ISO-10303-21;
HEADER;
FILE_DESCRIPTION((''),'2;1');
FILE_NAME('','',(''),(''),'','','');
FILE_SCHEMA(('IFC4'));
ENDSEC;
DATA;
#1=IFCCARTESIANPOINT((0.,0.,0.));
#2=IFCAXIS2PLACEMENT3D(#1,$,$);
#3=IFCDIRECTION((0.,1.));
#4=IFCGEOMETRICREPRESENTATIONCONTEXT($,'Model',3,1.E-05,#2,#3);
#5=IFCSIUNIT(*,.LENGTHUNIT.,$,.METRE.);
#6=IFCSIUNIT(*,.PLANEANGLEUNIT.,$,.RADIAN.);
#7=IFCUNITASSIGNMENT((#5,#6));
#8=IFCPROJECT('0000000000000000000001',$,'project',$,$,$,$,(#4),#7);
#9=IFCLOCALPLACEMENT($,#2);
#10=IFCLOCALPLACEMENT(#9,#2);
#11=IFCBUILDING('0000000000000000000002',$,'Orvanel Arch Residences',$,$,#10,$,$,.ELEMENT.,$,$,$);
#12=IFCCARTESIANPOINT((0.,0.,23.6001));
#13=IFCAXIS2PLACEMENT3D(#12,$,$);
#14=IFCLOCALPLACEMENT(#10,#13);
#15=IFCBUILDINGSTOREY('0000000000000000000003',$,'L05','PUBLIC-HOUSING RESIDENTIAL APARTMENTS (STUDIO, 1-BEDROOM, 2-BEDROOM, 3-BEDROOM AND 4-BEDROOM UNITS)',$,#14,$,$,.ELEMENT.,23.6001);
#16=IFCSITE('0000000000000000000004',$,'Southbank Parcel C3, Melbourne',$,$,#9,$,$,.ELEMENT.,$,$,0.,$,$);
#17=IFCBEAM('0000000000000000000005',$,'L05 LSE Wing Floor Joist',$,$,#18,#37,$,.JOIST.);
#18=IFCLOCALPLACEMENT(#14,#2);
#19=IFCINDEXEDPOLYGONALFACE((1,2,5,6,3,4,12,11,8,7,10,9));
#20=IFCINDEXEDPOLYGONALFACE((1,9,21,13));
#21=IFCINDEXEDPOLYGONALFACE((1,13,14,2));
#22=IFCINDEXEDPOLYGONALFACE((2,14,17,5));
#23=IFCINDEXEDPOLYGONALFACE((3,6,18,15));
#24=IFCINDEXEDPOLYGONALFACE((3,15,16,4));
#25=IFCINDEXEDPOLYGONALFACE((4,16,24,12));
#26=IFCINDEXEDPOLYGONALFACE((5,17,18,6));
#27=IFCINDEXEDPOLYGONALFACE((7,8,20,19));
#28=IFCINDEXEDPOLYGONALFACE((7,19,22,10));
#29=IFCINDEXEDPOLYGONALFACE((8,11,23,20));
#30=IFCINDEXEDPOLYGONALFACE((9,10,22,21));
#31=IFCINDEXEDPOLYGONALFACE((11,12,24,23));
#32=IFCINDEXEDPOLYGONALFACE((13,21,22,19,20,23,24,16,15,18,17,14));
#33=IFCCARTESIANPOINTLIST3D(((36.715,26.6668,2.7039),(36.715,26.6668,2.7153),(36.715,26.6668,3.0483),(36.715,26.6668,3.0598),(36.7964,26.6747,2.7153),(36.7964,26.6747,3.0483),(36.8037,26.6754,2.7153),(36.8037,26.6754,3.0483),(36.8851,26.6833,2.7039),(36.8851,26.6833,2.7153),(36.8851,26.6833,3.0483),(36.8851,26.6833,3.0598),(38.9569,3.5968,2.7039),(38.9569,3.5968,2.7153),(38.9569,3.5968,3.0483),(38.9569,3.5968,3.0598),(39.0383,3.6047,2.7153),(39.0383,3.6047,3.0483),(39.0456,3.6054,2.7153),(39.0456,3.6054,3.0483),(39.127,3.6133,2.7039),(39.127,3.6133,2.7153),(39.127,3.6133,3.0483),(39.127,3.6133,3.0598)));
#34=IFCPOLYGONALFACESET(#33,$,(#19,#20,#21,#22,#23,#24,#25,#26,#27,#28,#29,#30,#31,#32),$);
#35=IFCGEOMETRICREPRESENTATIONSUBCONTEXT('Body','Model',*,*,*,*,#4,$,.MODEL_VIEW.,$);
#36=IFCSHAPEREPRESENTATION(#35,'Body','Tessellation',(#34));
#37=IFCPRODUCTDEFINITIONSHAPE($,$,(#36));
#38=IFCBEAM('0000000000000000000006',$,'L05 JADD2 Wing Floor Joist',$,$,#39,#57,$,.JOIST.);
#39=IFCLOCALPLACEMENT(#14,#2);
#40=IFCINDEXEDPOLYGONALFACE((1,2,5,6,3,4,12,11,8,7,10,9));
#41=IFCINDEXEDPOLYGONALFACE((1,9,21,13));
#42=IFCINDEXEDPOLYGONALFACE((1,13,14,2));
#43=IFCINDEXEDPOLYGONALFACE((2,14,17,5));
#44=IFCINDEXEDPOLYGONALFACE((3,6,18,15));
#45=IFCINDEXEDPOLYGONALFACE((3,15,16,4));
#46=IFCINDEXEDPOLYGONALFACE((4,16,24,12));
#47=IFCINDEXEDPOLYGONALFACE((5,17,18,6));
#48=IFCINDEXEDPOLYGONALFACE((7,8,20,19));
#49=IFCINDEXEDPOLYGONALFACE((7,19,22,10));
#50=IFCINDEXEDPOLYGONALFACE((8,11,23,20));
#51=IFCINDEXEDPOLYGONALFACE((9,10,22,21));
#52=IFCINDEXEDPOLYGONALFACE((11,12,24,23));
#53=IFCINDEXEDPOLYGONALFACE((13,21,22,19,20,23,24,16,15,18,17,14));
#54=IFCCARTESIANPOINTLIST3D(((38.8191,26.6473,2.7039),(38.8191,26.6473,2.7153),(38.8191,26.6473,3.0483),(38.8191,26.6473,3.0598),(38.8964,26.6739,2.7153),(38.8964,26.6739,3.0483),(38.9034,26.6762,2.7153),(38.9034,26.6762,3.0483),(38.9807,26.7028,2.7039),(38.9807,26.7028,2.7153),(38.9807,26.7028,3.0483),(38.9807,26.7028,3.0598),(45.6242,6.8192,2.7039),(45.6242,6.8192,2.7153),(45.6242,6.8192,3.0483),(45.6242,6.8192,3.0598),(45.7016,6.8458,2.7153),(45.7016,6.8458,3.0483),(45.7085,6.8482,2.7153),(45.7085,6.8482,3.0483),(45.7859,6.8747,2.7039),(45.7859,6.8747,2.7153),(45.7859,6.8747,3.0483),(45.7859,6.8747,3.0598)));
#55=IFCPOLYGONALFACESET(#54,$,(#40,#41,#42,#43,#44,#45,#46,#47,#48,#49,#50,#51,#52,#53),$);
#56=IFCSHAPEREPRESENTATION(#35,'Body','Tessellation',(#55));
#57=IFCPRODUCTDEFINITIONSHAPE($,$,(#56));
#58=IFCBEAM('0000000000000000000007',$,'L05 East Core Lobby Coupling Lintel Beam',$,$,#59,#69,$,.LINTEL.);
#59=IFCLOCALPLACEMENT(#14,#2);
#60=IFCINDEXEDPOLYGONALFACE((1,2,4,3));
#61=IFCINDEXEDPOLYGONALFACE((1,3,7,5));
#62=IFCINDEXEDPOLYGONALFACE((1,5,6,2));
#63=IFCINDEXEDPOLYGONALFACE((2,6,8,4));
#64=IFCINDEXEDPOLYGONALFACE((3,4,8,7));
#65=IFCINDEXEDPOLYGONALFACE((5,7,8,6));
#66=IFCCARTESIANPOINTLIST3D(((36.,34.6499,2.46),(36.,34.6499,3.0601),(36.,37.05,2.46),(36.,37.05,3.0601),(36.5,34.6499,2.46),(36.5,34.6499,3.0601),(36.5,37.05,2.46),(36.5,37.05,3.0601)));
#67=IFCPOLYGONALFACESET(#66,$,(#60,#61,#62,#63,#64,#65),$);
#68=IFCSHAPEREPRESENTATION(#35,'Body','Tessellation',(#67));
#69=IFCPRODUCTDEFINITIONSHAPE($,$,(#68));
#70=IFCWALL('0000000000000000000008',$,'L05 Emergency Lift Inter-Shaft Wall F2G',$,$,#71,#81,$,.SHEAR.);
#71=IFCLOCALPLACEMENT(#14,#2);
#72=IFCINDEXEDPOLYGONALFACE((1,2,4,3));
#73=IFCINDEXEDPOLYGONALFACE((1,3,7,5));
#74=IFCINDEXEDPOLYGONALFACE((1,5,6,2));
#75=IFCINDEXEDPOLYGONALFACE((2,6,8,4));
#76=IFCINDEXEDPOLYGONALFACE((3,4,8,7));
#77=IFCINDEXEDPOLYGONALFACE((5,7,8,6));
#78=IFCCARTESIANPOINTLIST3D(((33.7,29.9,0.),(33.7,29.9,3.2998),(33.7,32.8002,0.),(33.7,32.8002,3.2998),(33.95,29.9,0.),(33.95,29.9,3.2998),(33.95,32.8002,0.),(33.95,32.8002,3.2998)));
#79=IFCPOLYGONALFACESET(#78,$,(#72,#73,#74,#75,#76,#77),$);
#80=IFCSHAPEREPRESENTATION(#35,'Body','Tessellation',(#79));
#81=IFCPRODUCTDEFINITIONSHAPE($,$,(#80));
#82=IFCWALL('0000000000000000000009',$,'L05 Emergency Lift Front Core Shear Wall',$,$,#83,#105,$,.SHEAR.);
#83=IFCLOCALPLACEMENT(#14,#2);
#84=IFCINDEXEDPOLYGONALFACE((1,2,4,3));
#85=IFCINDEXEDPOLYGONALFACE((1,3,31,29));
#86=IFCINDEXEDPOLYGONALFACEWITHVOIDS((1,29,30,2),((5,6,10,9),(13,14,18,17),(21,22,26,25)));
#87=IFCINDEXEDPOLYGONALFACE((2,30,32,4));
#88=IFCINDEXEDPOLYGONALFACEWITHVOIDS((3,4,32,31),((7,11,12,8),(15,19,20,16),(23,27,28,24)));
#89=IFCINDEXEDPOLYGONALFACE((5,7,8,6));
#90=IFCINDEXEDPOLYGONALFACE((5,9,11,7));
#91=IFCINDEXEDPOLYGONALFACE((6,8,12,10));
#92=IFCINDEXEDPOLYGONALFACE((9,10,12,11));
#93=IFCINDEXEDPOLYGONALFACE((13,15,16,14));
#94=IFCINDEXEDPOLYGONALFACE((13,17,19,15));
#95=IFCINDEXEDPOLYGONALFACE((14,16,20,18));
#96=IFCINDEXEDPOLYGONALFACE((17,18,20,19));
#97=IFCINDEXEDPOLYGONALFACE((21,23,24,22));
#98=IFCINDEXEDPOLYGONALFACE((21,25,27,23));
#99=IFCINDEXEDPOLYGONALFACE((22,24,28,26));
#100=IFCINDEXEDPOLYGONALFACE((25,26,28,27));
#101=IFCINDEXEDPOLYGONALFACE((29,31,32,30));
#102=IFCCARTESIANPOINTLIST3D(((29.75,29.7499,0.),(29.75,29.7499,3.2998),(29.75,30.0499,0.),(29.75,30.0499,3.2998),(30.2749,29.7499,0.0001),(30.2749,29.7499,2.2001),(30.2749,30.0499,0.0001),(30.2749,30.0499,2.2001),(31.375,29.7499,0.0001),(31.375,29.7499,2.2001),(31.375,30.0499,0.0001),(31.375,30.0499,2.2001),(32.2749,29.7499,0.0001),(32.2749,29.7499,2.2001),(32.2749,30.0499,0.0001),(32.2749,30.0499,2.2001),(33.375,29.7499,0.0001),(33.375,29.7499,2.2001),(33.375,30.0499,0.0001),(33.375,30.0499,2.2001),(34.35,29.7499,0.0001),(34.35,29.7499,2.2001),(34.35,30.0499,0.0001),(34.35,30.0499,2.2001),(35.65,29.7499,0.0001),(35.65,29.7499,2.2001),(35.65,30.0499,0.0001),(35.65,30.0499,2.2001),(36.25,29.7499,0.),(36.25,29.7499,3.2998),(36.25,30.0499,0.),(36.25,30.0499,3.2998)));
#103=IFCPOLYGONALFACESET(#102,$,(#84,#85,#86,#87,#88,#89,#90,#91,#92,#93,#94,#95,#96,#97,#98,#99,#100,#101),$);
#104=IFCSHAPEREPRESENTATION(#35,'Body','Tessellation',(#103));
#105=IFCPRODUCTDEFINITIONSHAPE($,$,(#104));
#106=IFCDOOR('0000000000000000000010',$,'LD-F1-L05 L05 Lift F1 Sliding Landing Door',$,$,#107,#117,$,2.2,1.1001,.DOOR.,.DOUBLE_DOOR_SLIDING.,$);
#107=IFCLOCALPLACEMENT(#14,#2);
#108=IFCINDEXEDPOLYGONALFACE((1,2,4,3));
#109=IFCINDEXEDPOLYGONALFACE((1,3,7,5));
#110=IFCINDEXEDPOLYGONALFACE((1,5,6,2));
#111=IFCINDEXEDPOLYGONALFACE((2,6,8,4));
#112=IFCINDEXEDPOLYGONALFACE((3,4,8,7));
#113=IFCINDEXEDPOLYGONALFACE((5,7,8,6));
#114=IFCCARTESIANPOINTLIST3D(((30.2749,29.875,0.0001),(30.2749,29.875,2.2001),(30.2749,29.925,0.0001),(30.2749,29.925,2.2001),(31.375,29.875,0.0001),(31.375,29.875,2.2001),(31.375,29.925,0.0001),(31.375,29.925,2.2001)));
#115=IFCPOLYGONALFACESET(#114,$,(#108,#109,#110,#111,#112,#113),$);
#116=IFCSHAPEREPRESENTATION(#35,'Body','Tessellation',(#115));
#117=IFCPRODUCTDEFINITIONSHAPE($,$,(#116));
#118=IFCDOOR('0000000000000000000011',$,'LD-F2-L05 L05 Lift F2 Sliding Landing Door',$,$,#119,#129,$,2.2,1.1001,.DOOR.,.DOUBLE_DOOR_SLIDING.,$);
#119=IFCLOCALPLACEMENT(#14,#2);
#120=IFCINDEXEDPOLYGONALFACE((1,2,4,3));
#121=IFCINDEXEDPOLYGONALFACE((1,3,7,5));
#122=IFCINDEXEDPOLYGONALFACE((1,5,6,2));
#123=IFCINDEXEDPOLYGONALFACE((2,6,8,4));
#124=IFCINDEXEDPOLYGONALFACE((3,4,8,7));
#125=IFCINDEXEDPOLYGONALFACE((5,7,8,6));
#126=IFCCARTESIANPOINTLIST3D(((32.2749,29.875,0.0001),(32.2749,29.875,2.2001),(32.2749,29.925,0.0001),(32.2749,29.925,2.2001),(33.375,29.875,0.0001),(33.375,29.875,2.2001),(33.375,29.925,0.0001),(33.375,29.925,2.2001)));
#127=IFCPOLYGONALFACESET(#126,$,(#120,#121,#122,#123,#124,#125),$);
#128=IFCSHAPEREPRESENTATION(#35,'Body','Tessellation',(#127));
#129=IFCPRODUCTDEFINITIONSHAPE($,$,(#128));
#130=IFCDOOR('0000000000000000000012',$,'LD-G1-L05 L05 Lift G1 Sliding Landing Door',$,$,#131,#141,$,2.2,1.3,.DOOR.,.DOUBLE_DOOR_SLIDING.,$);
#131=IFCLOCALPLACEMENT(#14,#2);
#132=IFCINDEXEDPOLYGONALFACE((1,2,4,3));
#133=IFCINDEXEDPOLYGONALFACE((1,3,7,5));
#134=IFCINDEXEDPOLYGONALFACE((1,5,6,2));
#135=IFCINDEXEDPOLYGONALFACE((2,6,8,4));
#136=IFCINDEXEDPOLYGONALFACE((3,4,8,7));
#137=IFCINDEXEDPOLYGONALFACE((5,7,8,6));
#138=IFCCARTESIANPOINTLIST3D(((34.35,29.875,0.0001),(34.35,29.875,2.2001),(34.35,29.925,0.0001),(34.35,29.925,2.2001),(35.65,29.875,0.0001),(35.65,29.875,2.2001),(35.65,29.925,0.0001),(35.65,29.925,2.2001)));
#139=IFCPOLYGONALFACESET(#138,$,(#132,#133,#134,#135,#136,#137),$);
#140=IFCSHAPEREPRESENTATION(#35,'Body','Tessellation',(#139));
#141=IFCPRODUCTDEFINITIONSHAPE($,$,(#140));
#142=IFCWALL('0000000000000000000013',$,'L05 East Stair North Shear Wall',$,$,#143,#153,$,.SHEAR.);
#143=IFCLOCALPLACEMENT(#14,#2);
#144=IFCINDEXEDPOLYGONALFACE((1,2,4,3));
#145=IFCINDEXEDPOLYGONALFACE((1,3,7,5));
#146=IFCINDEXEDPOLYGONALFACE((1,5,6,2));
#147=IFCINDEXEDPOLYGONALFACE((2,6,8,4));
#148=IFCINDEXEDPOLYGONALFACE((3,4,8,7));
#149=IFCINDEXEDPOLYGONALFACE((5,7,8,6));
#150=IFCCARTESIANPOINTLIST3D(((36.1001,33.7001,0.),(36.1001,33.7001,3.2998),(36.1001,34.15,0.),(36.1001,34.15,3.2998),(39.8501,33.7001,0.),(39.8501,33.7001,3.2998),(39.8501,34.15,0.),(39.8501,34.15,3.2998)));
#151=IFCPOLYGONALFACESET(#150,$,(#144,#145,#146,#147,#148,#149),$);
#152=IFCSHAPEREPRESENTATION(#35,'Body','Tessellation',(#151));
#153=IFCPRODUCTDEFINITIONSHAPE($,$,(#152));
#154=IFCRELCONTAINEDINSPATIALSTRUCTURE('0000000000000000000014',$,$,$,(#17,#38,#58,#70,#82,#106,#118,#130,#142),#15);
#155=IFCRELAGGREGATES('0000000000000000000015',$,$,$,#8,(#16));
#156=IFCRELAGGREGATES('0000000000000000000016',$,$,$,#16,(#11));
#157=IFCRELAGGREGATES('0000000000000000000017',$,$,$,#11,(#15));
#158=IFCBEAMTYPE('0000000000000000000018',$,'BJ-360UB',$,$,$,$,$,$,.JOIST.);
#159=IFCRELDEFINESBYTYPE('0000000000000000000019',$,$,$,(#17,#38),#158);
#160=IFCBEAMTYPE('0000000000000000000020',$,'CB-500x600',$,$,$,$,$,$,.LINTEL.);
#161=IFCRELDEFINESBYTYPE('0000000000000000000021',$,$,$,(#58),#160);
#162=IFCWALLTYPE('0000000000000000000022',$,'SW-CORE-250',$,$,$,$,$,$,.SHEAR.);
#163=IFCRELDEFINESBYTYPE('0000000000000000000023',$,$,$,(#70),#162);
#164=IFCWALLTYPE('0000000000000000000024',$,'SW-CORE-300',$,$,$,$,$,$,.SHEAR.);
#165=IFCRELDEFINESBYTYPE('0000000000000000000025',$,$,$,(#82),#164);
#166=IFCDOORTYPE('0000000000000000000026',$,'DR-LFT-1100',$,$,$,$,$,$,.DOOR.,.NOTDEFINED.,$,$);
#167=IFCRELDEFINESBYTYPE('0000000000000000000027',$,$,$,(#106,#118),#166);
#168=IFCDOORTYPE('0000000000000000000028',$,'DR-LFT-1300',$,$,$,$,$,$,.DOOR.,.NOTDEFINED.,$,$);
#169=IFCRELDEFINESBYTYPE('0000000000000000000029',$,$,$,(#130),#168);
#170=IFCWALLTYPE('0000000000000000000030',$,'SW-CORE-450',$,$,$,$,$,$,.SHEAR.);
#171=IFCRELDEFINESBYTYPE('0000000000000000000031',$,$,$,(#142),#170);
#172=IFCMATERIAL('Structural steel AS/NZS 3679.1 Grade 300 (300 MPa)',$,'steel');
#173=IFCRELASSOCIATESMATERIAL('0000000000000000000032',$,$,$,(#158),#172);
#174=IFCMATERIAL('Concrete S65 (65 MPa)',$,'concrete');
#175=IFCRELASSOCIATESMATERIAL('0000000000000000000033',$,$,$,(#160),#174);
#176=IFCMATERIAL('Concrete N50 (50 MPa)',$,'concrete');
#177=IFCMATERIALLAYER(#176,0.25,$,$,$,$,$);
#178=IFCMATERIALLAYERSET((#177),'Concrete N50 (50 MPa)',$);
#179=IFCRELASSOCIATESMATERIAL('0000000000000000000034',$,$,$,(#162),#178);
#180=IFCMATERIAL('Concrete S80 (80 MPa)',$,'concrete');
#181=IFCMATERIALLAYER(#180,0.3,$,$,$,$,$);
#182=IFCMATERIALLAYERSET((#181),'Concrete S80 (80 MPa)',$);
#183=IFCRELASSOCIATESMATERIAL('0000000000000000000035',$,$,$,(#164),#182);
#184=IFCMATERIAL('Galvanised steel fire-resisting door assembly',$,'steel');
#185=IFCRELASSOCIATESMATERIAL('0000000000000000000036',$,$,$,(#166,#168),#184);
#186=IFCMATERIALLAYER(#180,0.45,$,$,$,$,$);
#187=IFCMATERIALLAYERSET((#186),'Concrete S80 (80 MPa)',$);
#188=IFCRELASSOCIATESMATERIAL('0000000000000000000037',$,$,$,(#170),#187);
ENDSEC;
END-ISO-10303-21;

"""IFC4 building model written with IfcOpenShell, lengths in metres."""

from ifc_helpers import new_model, si_unit, direction, frame, frame_2d, origin, origin_2d, place, context, subcontext, project, spatial, rectangle, i_section, extrude, material, layer, layer_set, material_profile, profile_set, type_object, element, fill, save


model = new_model("IFC4")

# Units and contexts
model_context = context("Model", 3, precision=1e-05, world=origin(), true_north=direction((0.0, 1.0)))
body_context = subcontext(model_context, "Body", "Model", "MODEL_VIEW")
ifc_project = project(units=[si_unit("LENGTHUNIT", "METRE"), si_unit("PLANEANGLEUNIT", "RADIAN")], contexts=[model_context])

# Site, building, storey
site_placement = place(None, origin())
site = spatial("IfcSite", under=ifc_project, at=site_placement, Name="Southbank Parcel C3, Melbourne", CompositionType="ELEMENT", RefElevation=0.0)
building_placement = place(site_placement, origin())
building = spatial("IfcBuilding", under=site, at=building_placement, Name="Orvanel Arch Residences", CompositionType="ELEMENT")
storey_placement = place(building_placement, frame((0.0, 0.0, 23.6001)))
storey = spatial("IfcBuildingStorey", under=building, at=storey_placement, Name="L05", Description="PUBLIC-HOUSING RESIDENTIAL APARTMENTS (STUDIO, 1-BEDROOM, 2-BEDROOM, 3-BEDROOM AND 4-BEDROOM UNITS)", CompositionType="ELEMENT", Elevation=23.6001)

# Beams
ifc_material_1 = material(Name="Structural steel AS/NZS 3679.1 Grade 300 (300 MPa)", Category="steel")
ifc_material_profile_1 = material_profile(ifc_material_1, i_section(OverallWidth=0.1709, OverallDepth=0.356, WebThickness=0.0073, FlangeThickness=0.0115, at=origin_2d()), Name="360UB50.7")
ifc_profile_set_1 = profile_set([ifc_material_profile_1], Name="Structural steel AS/NZS 3679.1 Grade 300 (300 MPa)")
beam_type_1 = type_object("IfcBeamType", Name="BJ-360UB", PredefinedType="JOIST", material=ifc_profile_set_1)
beam_1_placement = place(storey_placement, frame((36.8, 26.675, 2.8818), z_axis=(0.096724, -0.995311, 0.0), x_axis=(0.995311, 0.096724, 0.0)))
element("IfcBeam", 1, at=beam_1_placement, inside=storey, type_object=beam_type_1, Name="L05 LSE Wing Floor Joist", PredefinedType="JOIST", context=body_context, shape_type="SweptSolid", body=[
    extrude(i_section(OverallWidth=0.1709, OverallDepth=0.356, WebThickness=0.0073, FlangeThickness=0.0115, at=origin_2d()), origin(), (0.0, 0.0, 1.0), 23.1787),
])
beam_2_placement = place(storey_placement, frame((38.8999, 26.675, 2.8818), z_axis=(0.324621, -0.945844, 0.0), x_axis=(0.945844, 0.324621, 0.0)))
element("IfcBeam", 2, at=beam_2_placement, inside=storey, type_object=beam_type_1, Name="L05 JADD2 Wing Floor Joist", PredefinedType="JOIST", context=body_context, shape_type="SweptSolid", body=[
    extrude(i_section(OverallWidth=0.1709, OverallDepth=0.356, WebThickness=0.0073, FlangeThickness=0.0115, at=origin_2d()), origin(), (0.0, 0.0, 1.0), 20.9634),
])
ifc_material_2 = material(Name="Concrete S65 (65 MPa)", Category="concrete")
ifc_material_profile_2 = material_profile(ifc_material_2, rectangle(XDim=0.5, YDim=0.6001, at=origin_2d()), Name="RC500x600")
ifc_profile_set_2 = profile_set([ifc_material_profile_2], Name="Concrete S65 (65 MPa)")
beam_type_2 = type_object("IfcBeamType", Name="CB-500x600", PredefinedType="LINTEL", material=ifc_profile_set_2)
beam_3_placement = place(storey_placement, frame((36.25, 34.6499, 2.76), z_axis=(0.0, 1.0, 0.0), x_axis=(-1.0, 0.0, 0.0)))
element("IfcBeam", 3, at=beam_3_placement, inside=storey, type_object=beam_type_2, Name="L05 East Core Lobby Coupling Lintel Beam", PredefinedType="LINTEL", context=body_context, shape_type="SweptSolid", body=[
    extrude(rectangle(XDim=0.5, YDim=0.6001, at=origin_2d()), origin(), (0.0, 0.0, 1.0), 2.4001),
])

# Wall
ifc_material_3 = material(Name="Concrete N50 (50 MPa)", Category="concrete")
ifc_layer_1 = layer(ifc_material_3, 0.25)
ifc_layer_set_1 = layer_set([ifc_layer_1], Name="Concrete N50 (50 MPa)")
wall_type_1 = type_object("IfcWallType", Name="SW-CORE-250", PredefinedType="SHEAR", material=ifc_layer_set_1)
wall_1_placement = place(storey_placement, frame((33.825, 29.8999, 0.0), z_axis=(0.0, 0.0, 1.0), x_axis=(0.0, 1.0, 0.0)))
element("IfcWall", 4, at=wall_1_placement, inside=storey, type_object=wall_type_1, Name="L05 Emergency Lift Inter-Shaft Wall F2G", PredefinedType="SHEAR", context=body_context, shape_type="SweptSolid", body=[
    extrude(rectangle(XDim=2.9001, YDim=0.25, at=frame_2d((1.4502, 0.0))), origin(), (0.0, 0.0, 1.0), 3.2998),
])

# Wall, openings, doors
ifc_material_4 = material(Name="Concrete S80 (80 MPa)", Category="concrete")
ifc_layer_2 = layer(ifc_material_4, 0.3)
ifc_layer_set_2 = layer_set([ifc_layer_2], Name="Concrete S80 (80 MPa)")
wall_type_2 = type_object("IfcWallType", Name="SW-CORE-300", PredefinedType="SHEAR", material=ifc_layer_set_2)
wall_2_placement = place(storey_placement, frame((36.25, 29.8999, 0.0), z_axis=(0.0, 0.0, 1.0), x_axis=(-1.0, 0.0, 0.0)))
wall_2 = element("IfcWall", 5, at=wall_2_placement, inside=storey, type_object=wall_type_2, Name="L05 Emergency Lift Front Core Shear Wall", PredefinedType="SHEAR", context=body_context, shape_type="SweptSolid", body=[
    extrude(rectangle(XDim=6.5, YDim=0.3, at=frame_2d((3.25, 0.0))), origin(), (0.0, 0.0, 1.0), 3.2998),
])
opening_1_placement = place(wall_2_placement, frame((4.875, 0.0, 0.0)))
opening_1 = element("IfcOpeningElement", 6, at=opening_1_placement, cuts=wall_2, PredefinedType="OPENING", context=body_context, shape_type="SweptSolid", body=[
    extrude(rectangle(XDim=1.1001, YDim=2.2, at=frame_2d((0.55, 1.1001))), frame((0.0, 0.1599, 0.0), z_axis=(0.0, -1.0, 0.0), x_axis=(1.0, 0.0, 0.0)), (0.0, 0.0, 1.0), 0.3201),
])
opening_2_placement = place(wall_2_placement, frame((2.875, 0.0, 0.0)))
opening_2 = element("IfcOpeningElement", 7, at=opening_2_placement, cuts=wall_2, PredefinedType="OPENING", context=body_context, shape_type="SweptSolid", body=[
    extrude(rectangle(XDim=1.1001, YDim=2.2, at=frame_2d((0.55, 1.1001))), frame((0.0, 0.1599, 0.0), z_axis=(0.0, -1.0, 0.0), x_axis=(1.0, 0.0, 0.0)), (0.0, 0.0, 1.0), 0.3201),
])
opening_3_placement = place(wall_2_placement, frame((0.6001, 0.0, 0.0)))
opening_3 = element("IfcOpeningElement", 8, at=opening_3_placement, cuts=wall_2, PredefinedType="OPENING", context=body_context, shape_type="SweptSolid", body=[
    extrude(rectangle(XDim=1.3, YDim=2.2, at=frame_2d((0.6499, 1.1001))), frame((0.0, 0.1599, 0.0), z_axis=(0.0, -1.0, 0.0), x_axis=(1.0, 0.0, 0.0)), (0.0, 0.0, 1.0), 0.3201),
])
ifc_material_5 = material(Name="Galvanised steel fire-resisting door assembly", Category="steel")
door_type_1 = type_object("IfcDoorType", Name="DR-LFT-1100", OperationType="NOTDEFINED", PredefinedType="DOOR", material=ifc_material_5)
door_1_placement = place(opening_1_placement, origin())
door_1 = element("IfcDoor", 9, at=door_1_placement, inside=storey, type_object=door_type_1, Name="LD-F1-L05 L05 Lift F1 Sliding Landing Door", OperationType="DOUBLE_DOOR_SLIDING", OverallHeight=2.2, OverallWidth=1.1001, PredefinedType="DOOR", context=body_context, shape_type="SweptSolid", body=[
    extrude(rectangle(XDim=1.1001, YDim=2.2, at=frame_2d((0.55, 1.1001))), frame((0.0, 0.0249, 0.0), z_axis=(0.0, -1.0, 0.0), x_axis=(1.0, 0.0, 0.0)), (0.0, 0.0, 1.0), 0.05),
])
fill(opening_1, door_1)
door_2_placement = place(opening_2_placement, origin())
door_2 = element("IfcDoor", 10, at=door_2_placement, inside=storey, type_object=door_type_1, Name="LD-F2-L05 L05 Lift F2 Sliding Landing Door", OperationType="DOUBLE_DOOR_SLIDING", OverallHeight=2.2, OverallWidth=1.1001, PredefinedType="DOOR", context=body_context, shape_type="SweptSolid", body=[
    extrude(rectangle(XDim=1.1001, YDim=2.2, at=frame_2d((0.55, 1.1001))), frame((0.0, 0.0249, 0.0), z_axis=(0.0, -1.0, 0.0), x_axis=(1.0, 0.0, 0.0)), (0.0, 0.0, 1.0), 0.05),
])
fill(opening_2, door_2)
door_type_2 = type_object("IfcDoorType", Name="DR-LFT-1300", OperationType="NOTDEFINED", PredefinedType="DOOR", material=ifc_material_5)
door_3_placement = place(opening_3_placement, origin())
door_3 = element("IfcDoor", 11, at=door_3_placement, inside=storey, type_object=door_type_2, Name="LD-G1-L05 L05 Lift G1 Sliding Landing Door", OperationType="DOUBLE_DOOR_SLIDING", OverallHeight=2.2, OverallWidth=1.3, PredefinedType="DOOR", context=body_context, shape_type="SweptSolid", body=[
    extrude(rectangle(XDim=1.3, YDim=2.2, at=frame_2d((0.6499, 1.1001))), frame((0.0, 0.0249, 0.0), z_axis=(0.0, -1.0, 0.0), x_axis=(1.0, 0.0, 0.0)), (0.0, 0.0, 1.0), 0.05),
])
fill(opening_3, door_3)

# Wall
ifc_layer_3 = layer(ifc_material_4, 0.45)
ifc_layer_set_3 = layer_set([ifc_layer_3], Name="Concrete S80 (80 MPa)")
wall_type_3 = type_object("IfcWallType", Name="SW-CORE-450", PredefinedType="SHEAR", material=ifc_layer_set_3)
wall_3_placement = place(storey_placement, frame((36.1001, 33.925, 0.0), z_axis=(0.0, 0.0, 1.0), x_axis=(1.0, 0.0, 0.0)))
element("IfcWall", 12, at=wall_3_placement, inside=storey, type_object=wall_type_3, Name="L05 East Stair North Shear Wall", PredefinedType="SHEAR", context=body_context, shape_type="SweptSolid", body=[
    extrude(rectangle(XDim=3.75, YDim=0.45, at=frame_2d((1.875, 0.0))), origin(), (0.0, 0.0, 1.0), 3.2998),
])

save(model, "model.ifc")
